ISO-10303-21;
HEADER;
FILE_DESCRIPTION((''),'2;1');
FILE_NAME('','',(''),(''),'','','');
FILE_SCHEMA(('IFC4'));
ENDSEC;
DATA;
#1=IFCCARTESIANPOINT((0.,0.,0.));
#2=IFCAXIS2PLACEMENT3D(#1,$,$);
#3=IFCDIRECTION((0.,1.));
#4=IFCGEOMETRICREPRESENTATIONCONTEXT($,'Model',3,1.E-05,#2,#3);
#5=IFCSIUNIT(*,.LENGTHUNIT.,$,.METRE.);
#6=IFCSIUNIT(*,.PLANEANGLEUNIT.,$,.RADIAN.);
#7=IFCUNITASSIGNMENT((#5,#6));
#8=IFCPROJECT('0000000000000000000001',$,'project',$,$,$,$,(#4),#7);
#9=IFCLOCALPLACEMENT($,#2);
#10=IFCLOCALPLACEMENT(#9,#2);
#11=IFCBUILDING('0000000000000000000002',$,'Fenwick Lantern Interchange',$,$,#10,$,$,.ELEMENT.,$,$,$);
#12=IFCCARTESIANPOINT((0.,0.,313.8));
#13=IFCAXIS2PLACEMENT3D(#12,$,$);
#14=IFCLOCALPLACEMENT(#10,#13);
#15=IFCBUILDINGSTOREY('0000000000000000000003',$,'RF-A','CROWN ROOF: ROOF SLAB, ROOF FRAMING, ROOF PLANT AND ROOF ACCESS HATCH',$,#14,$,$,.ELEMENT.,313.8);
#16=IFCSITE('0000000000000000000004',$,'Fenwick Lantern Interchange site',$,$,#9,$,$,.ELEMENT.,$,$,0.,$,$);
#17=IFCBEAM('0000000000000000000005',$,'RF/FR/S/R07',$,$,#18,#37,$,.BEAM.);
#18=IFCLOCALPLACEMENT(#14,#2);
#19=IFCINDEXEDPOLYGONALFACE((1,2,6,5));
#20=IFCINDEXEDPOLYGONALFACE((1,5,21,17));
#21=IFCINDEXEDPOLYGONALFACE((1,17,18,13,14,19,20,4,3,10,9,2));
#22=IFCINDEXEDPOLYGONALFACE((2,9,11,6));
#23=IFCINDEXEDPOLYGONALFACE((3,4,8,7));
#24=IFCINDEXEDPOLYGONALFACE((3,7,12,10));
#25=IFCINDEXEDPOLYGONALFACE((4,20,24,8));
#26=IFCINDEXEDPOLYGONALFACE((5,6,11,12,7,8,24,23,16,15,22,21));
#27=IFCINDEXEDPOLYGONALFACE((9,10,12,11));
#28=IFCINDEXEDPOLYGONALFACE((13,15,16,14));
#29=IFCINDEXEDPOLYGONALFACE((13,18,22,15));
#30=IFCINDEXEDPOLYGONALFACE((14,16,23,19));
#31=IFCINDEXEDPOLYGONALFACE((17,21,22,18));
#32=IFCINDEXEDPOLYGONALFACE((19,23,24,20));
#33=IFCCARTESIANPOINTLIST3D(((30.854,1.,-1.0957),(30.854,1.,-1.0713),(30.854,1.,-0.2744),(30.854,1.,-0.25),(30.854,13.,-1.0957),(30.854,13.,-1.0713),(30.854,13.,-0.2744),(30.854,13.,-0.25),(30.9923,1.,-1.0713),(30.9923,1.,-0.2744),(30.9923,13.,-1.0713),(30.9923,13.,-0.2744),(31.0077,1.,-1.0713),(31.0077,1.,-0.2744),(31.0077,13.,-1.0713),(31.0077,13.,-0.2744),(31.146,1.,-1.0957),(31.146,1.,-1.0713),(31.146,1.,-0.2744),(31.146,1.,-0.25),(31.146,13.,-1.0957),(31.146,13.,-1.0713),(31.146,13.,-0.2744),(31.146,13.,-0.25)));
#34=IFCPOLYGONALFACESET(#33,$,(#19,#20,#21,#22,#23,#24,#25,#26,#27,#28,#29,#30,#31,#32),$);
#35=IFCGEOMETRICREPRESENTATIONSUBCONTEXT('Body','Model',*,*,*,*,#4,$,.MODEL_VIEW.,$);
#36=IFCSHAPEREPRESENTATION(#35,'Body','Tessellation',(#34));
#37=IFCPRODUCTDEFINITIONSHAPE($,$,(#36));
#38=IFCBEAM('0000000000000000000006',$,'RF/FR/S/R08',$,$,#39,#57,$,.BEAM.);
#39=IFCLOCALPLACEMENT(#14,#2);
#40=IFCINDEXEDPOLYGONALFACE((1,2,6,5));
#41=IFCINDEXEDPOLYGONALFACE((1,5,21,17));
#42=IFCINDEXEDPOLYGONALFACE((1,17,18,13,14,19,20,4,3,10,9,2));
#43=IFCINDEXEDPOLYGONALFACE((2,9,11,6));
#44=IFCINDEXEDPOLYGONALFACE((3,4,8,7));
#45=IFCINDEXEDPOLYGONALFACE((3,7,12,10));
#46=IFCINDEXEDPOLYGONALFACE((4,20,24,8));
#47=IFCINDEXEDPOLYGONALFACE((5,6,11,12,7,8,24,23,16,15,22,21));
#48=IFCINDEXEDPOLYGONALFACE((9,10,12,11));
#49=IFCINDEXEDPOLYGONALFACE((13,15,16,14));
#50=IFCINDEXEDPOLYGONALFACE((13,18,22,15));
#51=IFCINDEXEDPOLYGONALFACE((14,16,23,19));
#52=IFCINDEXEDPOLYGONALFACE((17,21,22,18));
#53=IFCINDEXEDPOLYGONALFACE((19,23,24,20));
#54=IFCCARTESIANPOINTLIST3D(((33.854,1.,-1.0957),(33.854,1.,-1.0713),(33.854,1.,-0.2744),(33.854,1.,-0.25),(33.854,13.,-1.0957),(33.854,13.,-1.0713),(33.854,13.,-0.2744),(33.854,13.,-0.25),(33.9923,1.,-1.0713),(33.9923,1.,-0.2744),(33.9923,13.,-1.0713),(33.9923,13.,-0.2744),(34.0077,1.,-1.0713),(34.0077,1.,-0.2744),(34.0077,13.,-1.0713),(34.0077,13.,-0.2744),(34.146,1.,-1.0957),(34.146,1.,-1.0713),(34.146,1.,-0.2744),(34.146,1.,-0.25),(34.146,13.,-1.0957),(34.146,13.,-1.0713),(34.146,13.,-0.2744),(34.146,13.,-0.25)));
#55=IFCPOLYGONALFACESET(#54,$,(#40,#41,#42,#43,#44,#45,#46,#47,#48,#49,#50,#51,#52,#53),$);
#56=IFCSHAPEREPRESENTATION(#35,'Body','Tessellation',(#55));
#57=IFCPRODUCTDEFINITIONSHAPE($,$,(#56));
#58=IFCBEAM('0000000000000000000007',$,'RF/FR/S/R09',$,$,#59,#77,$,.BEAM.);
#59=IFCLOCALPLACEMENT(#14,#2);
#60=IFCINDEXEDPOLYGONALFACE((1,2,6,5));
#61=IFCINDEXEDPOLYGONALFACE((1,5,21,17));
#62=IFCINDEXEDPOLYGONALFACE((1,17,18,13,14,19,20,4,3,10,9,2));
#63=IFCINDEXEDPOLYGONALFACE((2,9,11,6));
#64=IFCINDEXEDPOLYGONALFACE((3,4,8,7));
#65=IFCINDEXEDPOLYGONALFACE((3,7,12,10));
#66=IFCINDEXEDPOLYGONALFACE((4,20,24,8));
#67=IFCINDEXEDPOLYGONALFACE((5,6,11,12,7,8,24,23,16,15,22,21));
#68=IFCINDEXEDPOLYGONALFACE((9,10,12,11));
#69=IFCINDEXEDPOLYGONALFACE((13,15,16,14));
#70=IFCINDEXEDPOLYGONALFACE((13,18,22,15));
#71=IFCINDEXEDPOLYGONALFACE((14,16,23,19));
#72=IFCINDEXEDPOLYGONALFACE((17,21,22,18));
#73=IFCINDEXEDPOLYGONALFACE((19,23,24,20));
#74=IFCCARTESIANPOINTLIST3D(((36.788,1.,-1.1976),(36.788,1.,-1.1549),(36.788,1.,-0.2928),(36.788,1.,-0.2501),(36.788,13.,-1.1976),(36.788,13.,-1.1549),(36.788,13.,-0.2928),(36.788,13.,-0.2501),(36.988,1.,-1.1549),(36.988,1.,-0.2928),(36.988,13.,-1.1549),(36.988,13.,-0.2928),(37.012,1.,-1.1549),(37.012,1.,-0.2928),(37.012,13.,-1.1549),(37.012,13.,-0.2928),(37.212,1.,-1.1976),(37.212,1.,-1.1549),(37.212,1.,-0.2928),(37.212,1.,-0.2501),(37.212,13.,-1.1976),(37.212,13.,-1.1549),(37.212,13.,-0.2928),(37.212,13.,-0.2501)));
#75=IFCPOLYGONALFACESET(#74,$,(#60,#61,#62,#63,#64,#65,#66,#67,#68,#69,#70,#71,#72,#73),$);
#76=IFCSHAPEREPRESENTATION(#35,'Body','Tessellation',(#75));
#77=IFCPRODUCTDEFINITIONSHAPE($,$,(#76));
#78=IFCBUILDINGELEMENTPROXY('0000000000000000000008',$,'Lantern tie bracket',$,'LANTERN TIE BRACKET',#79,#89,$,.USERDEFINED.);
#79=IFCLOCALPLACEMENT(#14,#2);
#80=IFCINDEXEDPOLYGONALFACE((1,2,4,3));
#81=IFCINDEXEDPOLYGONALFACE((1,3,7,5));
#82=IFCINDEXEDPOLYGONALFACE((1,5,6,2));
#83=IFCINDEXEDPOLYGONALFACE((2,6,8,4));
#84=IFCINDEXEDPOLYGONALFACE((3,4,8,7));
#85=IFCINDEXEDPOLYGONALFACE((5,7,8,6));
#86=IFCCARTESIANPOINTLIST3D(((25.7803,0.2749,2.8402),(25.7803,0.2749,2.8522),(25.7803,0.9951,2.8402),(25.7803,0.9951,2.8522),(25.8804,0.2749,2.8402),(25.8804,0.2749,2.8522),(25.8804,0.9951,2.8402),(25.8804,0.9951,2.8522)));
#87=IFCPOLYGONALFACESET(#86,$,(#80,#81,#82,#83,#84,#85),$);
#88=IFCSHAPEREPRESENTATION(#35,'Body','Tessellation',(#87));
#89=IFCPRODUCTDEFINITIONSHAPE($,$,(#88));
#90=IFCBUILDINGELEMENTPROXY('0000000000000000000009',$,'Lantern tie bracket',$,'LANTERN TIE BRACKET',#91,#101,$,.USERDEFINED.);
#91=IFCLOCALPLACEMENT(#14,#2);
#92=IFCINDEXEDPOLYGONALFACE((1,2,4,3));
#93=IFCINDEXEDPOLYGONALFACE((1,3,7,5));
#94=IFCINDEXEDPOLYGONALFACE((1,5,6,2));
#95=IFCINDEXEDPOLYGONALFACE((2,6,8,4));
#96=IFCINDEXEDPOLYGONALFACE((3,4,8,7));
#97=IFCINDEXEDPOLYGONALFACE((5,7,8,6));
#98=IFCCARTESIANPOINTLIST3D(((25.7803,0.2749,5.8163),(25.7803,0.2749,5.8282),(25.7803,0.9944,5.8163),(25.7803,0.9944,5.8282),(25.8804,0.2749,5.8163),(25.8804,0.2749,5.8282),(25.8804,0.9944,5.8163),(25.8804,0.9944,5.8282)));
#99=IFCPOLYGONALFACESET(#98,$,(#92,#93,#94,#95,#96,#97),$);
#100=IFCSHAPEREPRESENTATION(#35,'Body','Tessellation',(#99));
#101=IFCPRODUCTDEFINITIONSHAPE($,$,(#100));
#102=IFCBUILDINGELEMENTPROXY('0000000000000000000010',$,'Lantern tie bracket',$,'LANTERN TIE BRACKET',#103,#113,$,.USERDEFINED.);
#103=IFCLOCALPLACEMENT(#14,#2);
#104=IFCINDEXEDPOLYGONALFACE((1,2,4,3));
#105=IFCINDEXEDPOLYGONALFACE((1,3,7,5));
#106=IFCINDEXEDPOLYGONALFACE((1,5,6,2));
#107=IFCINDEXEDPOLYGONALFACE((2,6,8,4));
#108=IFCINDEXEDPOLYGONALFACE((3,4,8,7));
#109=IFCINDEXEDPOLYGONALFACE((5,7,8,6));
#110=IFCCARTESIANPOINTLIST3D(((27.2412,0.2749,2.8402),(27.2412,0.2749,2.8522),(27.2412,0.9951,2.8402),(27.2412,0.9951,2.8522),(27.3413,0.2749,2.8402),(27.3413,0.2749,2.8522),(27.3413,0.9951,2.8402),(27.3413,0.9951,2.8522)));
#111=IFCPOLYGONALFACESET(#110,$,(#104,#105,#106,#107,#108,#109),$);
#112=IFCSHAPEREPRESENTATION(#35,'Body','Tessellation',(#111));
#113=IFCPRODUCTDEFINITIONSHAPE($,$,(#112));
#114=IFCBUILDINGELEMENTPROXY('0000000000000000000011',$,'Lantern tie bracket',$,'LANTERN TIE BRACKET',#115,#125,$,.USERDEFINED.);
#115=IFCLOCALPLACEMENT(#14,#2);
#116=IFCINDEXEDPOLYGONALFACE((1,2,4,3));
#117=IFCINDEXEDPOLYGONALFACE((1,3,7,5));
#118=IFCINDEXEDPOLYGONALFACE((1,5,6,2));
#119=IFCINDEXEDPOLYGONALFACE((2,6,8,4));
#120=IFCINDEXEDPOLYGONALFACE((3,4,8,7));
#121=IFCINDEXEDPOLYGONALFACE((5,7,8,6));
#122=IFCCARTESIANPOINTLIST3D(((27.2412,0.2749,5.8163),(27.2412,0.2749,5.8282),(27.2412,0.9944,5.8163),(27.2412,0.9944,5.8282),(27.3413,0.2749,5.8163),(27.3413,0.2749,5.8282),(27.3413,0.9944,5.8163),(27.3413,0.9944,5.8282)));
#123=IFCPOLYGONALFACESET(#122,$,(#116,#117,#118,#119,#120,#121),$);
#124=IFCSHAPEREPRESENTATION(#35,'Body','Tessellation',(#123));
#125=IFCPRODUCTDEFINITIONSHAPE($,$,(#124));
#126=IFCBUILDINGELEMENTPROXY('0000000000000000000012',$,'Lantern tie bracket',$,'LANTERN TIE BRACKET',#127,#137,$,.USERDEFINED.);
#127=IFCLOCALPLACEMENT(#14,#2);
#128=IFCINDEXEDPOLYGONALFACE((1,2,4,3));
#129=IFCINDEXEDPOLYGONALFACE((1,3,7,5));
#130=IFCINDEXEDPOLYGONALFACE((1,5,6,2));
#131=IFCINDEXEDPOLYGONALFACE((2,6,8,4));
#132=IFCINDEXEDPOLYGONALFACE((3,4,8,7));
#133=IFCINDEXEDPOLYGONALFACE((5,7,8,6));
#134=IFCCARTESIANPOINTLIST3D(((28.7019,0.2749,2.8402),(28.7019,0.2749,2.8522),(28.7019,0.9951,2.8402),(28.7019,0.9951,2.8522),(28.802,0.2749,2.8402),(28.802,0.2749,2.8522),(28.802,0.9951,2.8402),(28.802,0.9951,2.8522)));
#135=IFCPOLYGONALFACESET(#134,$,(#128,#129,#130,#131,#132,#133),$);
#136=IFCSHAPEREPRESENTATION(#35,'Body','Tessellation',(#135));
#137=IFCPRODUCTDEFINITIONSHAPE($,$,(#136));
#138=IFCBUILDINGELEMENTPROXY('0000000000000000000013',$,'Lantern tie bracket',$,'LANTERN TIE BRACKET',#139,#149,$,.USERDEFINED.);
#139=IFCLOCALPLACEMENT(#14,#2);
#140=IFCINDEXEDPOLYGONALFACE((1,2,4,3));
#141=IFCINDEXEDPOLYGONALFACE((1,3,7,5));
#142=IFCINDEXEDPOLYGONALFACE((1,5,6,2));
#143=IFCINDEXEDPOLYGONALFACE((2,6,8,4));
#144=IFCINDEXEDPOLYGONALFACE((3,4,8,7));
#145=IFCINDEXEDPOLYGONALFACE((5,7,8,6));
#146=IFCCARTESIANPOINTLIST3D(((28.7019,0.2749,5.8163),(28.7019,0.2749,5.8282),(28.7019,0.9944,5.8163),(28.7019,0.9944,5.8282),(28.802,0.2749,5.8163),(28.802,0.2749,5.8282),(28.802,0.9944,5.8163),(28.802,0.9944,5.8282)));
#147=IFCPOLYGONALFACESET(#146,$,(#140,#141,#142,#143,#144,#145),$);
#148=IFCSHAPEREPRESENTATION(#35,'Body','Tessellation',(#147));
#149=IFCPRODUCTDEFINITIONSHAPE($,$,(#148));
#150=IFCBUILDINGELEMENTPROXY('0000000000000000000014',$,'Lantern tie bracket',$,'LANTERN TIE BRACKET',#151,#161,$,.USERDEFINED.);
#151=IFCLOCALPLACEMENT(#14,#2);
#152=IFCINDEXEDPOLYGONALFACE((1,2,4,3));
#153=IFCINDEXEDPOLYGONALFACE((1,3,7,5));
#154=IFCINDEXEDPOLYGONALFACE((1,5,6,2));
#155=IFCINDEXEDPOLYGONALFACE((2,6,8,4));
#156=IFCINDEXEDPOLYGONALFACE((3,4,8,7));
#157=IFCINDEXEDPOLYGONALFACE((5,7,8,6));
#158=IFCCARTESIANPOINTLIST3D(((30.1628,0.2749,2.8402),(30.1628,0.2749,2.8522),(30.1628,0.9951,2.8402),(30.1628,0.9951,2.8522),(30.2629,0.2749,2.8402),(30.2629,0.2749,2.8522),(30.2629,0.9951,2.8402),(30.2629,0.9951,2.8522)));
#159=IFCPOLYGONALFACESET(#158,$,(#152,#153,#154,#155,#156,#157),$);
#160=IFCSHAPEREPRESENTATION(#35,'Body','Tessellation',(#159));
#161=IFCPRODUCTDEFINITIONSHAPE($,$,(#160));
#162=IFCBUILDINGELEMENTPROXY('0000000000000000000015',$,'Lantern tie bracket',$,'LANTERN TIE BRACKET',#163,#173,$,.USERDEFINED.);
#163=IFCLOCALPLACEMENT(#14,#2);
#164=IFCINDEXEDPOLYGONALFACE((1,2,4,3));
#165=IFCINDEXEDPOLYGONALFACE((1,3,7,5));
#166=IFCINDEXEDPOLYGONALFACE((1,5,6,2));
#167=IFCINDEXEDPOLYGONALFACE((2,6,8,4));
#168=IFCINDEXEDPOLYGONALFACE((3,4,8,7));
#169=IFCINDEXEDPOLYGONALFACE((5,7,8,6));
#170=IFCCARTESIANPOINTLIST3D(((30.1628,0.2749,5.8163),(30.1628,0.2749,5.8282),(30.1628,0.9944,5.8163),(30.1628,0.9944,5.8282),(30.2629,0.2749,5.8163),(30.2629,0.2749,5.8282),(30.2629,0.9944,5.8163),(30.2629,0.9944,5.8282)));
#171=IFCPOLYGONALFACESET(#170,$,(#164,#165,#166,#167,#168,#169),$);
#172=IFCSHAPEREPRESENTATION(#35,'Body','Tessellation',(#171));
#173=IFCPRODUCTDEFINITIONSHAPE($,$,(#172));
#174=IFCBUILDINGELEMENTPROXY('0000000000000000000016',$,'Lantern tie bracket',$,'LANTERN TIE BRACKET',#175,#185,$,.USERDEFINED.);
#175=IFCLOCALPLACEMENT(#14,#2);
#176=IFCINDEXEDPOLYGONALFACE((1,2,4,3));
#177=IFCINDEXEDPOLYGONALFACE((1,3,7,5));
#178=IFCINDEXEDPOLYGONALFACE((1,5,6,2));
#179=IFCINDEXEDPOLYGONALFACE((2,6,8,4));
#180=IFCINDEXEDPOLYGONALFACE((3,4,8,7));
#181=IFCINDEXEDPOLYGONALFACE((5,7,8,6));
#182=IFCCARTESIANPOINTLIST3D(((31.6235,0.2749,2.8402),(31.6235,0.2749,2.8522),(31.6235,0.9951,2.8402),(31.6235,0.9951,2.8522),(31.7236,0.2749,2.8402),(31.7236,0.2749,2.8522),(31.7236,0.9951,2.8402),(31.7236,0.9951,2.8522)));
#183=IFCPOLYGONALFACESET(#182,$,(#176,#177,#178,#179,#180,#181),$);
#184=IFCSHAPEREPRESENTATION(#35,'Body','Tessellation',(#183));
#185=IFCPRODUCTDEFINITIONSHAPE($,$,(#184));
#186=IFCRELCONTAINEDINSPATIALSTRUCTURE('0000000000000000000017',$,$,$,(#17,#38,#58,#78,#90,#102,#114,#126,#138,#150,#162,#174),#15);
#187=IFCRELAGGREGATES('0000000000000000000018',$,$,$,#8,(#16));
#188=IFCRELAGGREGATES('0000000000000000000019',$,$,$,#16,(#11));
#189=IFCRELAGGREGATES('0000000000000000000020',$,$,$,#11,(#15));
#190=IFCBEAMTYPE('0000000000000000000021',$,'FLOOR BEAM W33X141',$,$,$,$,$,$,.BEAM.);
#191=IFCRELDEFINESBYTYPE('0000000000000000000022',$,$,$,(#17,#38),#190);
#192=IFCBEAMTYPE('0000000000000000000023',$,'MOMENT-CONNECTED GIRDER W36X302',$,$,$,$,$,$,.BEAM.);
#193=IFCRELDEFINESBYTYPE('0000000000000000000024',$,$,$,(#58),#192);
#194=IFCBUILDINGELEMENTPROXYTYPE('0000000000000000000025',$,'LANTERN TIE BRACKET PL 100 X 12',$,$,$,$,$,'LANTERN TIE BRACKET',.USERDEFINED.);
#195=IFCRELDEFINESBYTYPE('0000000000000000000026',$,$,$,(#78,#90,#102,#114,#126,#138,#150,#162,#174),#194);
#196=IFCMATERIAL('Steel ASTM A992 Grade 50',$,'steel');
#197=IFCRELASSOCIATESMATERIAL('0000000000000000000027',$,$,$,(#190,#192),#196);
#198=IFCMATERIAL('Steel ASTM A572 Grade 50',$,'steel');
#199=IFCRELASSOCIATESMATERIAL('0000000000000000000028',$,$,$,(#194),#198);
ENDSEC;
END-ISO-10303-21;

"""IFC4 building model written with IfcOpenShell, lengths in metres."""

from ifc_helpers import new_model, si_unit, direction, frame, origin, origin_2d, place, context, subcontext, project, spatial, rectangle, i_section, extrude, material, material_profile, profile_set, type_object, element, save


model = new_model("IFC4")

# Units and contexts
model_context = context("Model", 3, precision=1e-05, world=origin(), true_north=direction((0.0, 1.0)))
body_context = subcontext(model_context, "Body", "Model", "MODEL_VIEW")
ifc_project = project(units=[si_unit("LENGTHUNIT", "METRE"), si_unit("PLANEANGLEUNIT", "RADIAN")], contexts=[model_context])

# Site, building, storey
site_placement = place(None, origin())
site = spatial("IfcSite", under=ifc_project, at=site_placement, Name="Fenwick Lantern Interchange site", CompositionType="ELEMENT", RefElevation=0.0)
building_placement = place(site_placement, origin())
building = spatial("IfcBuilding", under=site, at=building_placement, Name="Fenwick Lantern Interchange", CompositionType="ELEMENT")
storey_placement = place(building_placement, frame((0.0, 0.0, 313.8)))
storey = spatial("IfcBuildingStorey", under=building, at=storey_placement, Name="RF-A", Description="CROWN ROOF: ROOF SLAB, ROOF FRAMING, ROOF PLANT AND ROOF ACCESS HATCH", CompositionType="ELEMENT", Elevation=313.8)

# Shared definitions
ifc_material_1 = material(Name="Steel ASTM A992 Grade 50", Category="steel")

# Beams
ifc_material_profile_1 = material_profile(ifc_material_1, i_section(OverallWidth=0.292, OverallDepth=0.8457, WebThickness=0.0154, FlangeThickness=0.0244, at=origin_2d()), Name="W33X141")
ifc_profile_set_1 = profile_set([ifc_material_profile_1], Name="Steel ASTM A992 Grade 50")
beam_type_1 = type_object("IfcBeamType", Name="FLOOR BEAM W33X141", PredefinedType="BEAM", material=ifc_profile_set_1)
for number, where, z_axis, x_axis, name in (
    (1, (31.0, 1.0, -0.6729), (0.0, 1.0, 0.0), (-1.0, 0.0, 0.0), "RF/FR/S/R07"),
    (2, (34.0, 1.0, -0.6729), (0.0, 1.0, 0.0), (-1.0, 0.0, 0.0), "RF/FR/S/R08"),
):
    element("IfcBeam", number, at=place(storey_placement, frame(where, z_axis=z_axis, x_axis=x_axis)), inside=storey, type_object=beam_type_1, Name=name, PredefinedType="BEAM", context=body_context, shape_type="SweptSolid", body=[
        extrude(i_section(OverallWidth=0.292, OverallDepth=0.8457, WebThickness=0.0154, FlangeThickness=0.0244, at=origin_2d()), origin(), (0.0, 0.0, 1.0), 12.0),
    ])
ifc_material_profile_2 = material_profile(ifc_material_1, i_section(OverallWidth=0.4241, OverallDepth=0.9475, WebThickness=0.0239, FlangeThickness=0.0427, at=origin_2d()), Name="W36X302")
ifc_profile_set_2 = profile_set([ifc_material_profile_2], Name="Steel ASTM A992 Grade 50")
beam_type_2 = type_object("IfcBeamType", Name="MOMENT-CONNECTED GIRDER W36X302", PredefinedType="BEAM", material=ifc_profile_set_2)
beam_1_placement = place(storey_placement, frame((37.0, 1.0, -0.7239), z_axis=(0.0, 1.0, 0.0), x_axis=(-1.0, 0.0, 0.0)))
element("IfcBeam", 3, at=beam_1_placement, inside=storey, type_object=beam_type_2, Name="RF/FR/S/R09", PredefinedType="BEAM", context=body_context, shape_type="SweptSolid", body=[
    extrude(i_section(OverallWidth=0.4241, OverallDepth=0.9475, WebThickness=0.0239, FlangeThickness=0.0427, at=origin_2d()), origin(), (0.0, 0.0, 1.0), 12.0),
])

# Building element proxies
ifc_material_2 = material(Name="Steel ASTM A572 Grade 50", Category="steel")
ifc_material_profile_3 = material_profile(ifc_material_2, rectangle(XDim=0.1001, YDim=0.012, at=origin_2d()), Name="PL100X12")
ifc_profile_set_3 = profile_set([ifc_material_profile_3], Name="Steel ASTM A572 Grade 50")
building_element_proxy_type = type_object("IfcBuildingElementProxyType", Name="LANTERN TIE BRACKET PL 100 X 12", ElementType="LANTERN TIE BRACKET", PredefinedType="USERDEFINED", material=ifc_profile_set_3)
proxy_1_placement = place(storey_placement, frame((25.8303, 0.2749, 2.8462), z_axis=(0.0, 1.0, 0.0), x_axis=(-1.0, 0.0, 0.0)))
element("IfcBuildingElementProxy", 4, at=proxy_1_placement, inside=storey, type_object=building_element_proxy_type, Name="Lantern tie bracket", ObjectType="LANTERN TIE BRACKET", PredefinedType="USERDEFINED", context=body_context, shape_type="SweptSolid", body=[
    extrude(rectangle(XDim=0.1001, YDim=0.012, at=origin_2d()), origin(), (0.0, 0.0, 1.0), 0.7202),
])
proxy_2_placement = place(storey_placement, frame((25.8303, 0.2749, 5.8223), z_axis=(0.0, 1.0, 0.0), x_axis=(-1.0, 0.0, 0.0)))
element("IfcBuildingElementProxy", 5, at=proxy_2_placement, inside=storey, type_object=building_element_proxy_type, Name="Lantern tie bracket", ObjectType="LANTERN TIE BRACKET", PredefinedType="USERDEFINED", context=body_context, shape_type="SweptSolid", body=[
    extrude(rectangle(XDim=0.1001, YDim=0.012, at=origin_2d()), origin(), (0.0, 0.0, 1.0), 0.7195),
])
proxy_3_placement = place(storey_placement, frame((27.2913, 0.2749, 2.8462), z_axis=(0.0, 1.0, 0.0), x_axis=(-1.0, 0.0, 0.0)))
element("IfcBuildingElementProxy", 6, at=proxy_3_placement, inside=storey, type_object=building_element_proxy_type, Name="Lantern tie bracket", ObjectType="LANTERN TIE BRACKET", PredefinedType="USERDEFINED", context=body_context, shape_type="SweptSolid", body=[
    extrude(rectangle(XDim=0.1001, YDim=0.012, at=origin_2d()), origin(), (0.0, 0.0, 1.0), 0.7202),
])
proxy_4_placement = place(storey_placement, frame((27.2913, 0.2749, 5.8223), z_axis=(0.0, 1.0, 0.0), x_axis=(-1.0, 0.0, 0.0)))
element("IfcBuildingElementProxy", 7, at=proxy_4_placement, inside=storey, type_object=building_element_proxy_type, Name="Lantern tie bracket", ObjectType="LANTERN TIE BRACKET", PredefinedType="USERDEFINED", context=body_context, shape_type="SweptSolid", body=[
    extrude(rectangle(XDim=0.1001, YDim=0.012, at=origin_2d()), origin(), (0.0, 0.0, 1.0), 0.7195),
])
proxy_5_placement = place(storey_placement, frame((28.752, 0.2749, 2.8462), z_axis=(0.0, 1.0, 0.0), x_axis=(-1.0, 0.0, 0.0)))
element("IfcBuildingElementProxy", 8, at=proxy_5_placement, inside=storey, type_object=building_element_proxy_type, Name="Lantern tie bracket", ObjectType="LANTERN TIE BRACKET", PredefinedType="USERDEFINED", context=body_context, shape_type="SweptSolid", body=[
    extrude(rectangle(XDim=0.1001, YDim=0.012, at=origin_2d()), origin(), (0.0, 0.0, 1.0), 0.7202),
])
proxy_6_placement = place(storey_placement, frame((28.752, 0.2749, 5.8223), z_axis=(0.0, 1.0, 0.0), x_axis=(-1.0, 0.0, 0.0)))
element("IfcBuildingElementProxy", 9, at=proxy_6_placement, inside=storey, type_object=building_element_proxy_type, Name="Lantern tie bracket", ObjectType="LANTERN TIE BRACKET", PredefinedType="USERDEFINED", context=body_context, shape_type="SweptSolid", body=[
    extrude(rectangle(XDim=0.1001, YDim=0.012, at=origin_2d()), origin(), (0.0, 0.0, 1.0), 0.7195),
])
proxy_7_placement = place(storey_placement, frame((30.2129, 0.2749, 2.8462), z_axis=(0.0, 1.0, 0.0), x_axis=(-1.0, 0.0, 0.0)))
element("IfcBuildingElementProxy", 10, at=proxy_7_placement, inside=storey, type_object=building_element_proxy_type, Name="Lantern tie bracket", ObjectType="LANTERN TIE BRACKET", PredefinedType="USERDEFINED", context=body_context, shape_type="SweptSolid", body=[
    extrude(rectangle(XDim=0.1001, YDim=0.012, at=origin_2d()), origin(), (0.0, 0.0, 1.0), 0.7202),
])
proxy_8_placement = place(storey_placement, frame((30.2129, 0.2749, 5.8223), z_axis=(0.0, 1.0, 0.0), x_axis=(-1.0, 0.0, 0.0)))
element("IfcBuildingElementProxy", 11, at=proxy_8_placement, inside=storey, type_object=building_element_proxy_type, Name="Lantern tie bracket", ObjectType="LANTERN TIE BRACKET", PredefinedType="USERDEFINED", context=body_context, shape_type="SweptSolid", body=[
    extrude(rectangle(XDim=0.1001, YDim=0.012, at=origin_2d()), origin(), (0.0, 0.0, 1.0), 0.7195),
])
proxy_9_placement = place(storey_placement, frame((31.6736, 0.2749, 2.8462), z_axis=(0.0, 1.0, 0.0), x_axis=(-1.0, 0.0, 0.0)))
element("IfcBuildingElementProxy", 12, at=proxy_9_placement, inside=storey, type_object=building_element_proxy_type, Name="Lantern tie bracket", ObjectType="LANTERN TIE BRACKET", PredefinedType="USERDEFINED", context=body_context, shape_type="SweptSolid", body=[
    extrude(rectangle(XDim=0.1001, YDim=0.012, at=origin_2d()), origin(), (0.0, 0.0, 1.0), 0.7202),
])

save(model, "model.ifc")
